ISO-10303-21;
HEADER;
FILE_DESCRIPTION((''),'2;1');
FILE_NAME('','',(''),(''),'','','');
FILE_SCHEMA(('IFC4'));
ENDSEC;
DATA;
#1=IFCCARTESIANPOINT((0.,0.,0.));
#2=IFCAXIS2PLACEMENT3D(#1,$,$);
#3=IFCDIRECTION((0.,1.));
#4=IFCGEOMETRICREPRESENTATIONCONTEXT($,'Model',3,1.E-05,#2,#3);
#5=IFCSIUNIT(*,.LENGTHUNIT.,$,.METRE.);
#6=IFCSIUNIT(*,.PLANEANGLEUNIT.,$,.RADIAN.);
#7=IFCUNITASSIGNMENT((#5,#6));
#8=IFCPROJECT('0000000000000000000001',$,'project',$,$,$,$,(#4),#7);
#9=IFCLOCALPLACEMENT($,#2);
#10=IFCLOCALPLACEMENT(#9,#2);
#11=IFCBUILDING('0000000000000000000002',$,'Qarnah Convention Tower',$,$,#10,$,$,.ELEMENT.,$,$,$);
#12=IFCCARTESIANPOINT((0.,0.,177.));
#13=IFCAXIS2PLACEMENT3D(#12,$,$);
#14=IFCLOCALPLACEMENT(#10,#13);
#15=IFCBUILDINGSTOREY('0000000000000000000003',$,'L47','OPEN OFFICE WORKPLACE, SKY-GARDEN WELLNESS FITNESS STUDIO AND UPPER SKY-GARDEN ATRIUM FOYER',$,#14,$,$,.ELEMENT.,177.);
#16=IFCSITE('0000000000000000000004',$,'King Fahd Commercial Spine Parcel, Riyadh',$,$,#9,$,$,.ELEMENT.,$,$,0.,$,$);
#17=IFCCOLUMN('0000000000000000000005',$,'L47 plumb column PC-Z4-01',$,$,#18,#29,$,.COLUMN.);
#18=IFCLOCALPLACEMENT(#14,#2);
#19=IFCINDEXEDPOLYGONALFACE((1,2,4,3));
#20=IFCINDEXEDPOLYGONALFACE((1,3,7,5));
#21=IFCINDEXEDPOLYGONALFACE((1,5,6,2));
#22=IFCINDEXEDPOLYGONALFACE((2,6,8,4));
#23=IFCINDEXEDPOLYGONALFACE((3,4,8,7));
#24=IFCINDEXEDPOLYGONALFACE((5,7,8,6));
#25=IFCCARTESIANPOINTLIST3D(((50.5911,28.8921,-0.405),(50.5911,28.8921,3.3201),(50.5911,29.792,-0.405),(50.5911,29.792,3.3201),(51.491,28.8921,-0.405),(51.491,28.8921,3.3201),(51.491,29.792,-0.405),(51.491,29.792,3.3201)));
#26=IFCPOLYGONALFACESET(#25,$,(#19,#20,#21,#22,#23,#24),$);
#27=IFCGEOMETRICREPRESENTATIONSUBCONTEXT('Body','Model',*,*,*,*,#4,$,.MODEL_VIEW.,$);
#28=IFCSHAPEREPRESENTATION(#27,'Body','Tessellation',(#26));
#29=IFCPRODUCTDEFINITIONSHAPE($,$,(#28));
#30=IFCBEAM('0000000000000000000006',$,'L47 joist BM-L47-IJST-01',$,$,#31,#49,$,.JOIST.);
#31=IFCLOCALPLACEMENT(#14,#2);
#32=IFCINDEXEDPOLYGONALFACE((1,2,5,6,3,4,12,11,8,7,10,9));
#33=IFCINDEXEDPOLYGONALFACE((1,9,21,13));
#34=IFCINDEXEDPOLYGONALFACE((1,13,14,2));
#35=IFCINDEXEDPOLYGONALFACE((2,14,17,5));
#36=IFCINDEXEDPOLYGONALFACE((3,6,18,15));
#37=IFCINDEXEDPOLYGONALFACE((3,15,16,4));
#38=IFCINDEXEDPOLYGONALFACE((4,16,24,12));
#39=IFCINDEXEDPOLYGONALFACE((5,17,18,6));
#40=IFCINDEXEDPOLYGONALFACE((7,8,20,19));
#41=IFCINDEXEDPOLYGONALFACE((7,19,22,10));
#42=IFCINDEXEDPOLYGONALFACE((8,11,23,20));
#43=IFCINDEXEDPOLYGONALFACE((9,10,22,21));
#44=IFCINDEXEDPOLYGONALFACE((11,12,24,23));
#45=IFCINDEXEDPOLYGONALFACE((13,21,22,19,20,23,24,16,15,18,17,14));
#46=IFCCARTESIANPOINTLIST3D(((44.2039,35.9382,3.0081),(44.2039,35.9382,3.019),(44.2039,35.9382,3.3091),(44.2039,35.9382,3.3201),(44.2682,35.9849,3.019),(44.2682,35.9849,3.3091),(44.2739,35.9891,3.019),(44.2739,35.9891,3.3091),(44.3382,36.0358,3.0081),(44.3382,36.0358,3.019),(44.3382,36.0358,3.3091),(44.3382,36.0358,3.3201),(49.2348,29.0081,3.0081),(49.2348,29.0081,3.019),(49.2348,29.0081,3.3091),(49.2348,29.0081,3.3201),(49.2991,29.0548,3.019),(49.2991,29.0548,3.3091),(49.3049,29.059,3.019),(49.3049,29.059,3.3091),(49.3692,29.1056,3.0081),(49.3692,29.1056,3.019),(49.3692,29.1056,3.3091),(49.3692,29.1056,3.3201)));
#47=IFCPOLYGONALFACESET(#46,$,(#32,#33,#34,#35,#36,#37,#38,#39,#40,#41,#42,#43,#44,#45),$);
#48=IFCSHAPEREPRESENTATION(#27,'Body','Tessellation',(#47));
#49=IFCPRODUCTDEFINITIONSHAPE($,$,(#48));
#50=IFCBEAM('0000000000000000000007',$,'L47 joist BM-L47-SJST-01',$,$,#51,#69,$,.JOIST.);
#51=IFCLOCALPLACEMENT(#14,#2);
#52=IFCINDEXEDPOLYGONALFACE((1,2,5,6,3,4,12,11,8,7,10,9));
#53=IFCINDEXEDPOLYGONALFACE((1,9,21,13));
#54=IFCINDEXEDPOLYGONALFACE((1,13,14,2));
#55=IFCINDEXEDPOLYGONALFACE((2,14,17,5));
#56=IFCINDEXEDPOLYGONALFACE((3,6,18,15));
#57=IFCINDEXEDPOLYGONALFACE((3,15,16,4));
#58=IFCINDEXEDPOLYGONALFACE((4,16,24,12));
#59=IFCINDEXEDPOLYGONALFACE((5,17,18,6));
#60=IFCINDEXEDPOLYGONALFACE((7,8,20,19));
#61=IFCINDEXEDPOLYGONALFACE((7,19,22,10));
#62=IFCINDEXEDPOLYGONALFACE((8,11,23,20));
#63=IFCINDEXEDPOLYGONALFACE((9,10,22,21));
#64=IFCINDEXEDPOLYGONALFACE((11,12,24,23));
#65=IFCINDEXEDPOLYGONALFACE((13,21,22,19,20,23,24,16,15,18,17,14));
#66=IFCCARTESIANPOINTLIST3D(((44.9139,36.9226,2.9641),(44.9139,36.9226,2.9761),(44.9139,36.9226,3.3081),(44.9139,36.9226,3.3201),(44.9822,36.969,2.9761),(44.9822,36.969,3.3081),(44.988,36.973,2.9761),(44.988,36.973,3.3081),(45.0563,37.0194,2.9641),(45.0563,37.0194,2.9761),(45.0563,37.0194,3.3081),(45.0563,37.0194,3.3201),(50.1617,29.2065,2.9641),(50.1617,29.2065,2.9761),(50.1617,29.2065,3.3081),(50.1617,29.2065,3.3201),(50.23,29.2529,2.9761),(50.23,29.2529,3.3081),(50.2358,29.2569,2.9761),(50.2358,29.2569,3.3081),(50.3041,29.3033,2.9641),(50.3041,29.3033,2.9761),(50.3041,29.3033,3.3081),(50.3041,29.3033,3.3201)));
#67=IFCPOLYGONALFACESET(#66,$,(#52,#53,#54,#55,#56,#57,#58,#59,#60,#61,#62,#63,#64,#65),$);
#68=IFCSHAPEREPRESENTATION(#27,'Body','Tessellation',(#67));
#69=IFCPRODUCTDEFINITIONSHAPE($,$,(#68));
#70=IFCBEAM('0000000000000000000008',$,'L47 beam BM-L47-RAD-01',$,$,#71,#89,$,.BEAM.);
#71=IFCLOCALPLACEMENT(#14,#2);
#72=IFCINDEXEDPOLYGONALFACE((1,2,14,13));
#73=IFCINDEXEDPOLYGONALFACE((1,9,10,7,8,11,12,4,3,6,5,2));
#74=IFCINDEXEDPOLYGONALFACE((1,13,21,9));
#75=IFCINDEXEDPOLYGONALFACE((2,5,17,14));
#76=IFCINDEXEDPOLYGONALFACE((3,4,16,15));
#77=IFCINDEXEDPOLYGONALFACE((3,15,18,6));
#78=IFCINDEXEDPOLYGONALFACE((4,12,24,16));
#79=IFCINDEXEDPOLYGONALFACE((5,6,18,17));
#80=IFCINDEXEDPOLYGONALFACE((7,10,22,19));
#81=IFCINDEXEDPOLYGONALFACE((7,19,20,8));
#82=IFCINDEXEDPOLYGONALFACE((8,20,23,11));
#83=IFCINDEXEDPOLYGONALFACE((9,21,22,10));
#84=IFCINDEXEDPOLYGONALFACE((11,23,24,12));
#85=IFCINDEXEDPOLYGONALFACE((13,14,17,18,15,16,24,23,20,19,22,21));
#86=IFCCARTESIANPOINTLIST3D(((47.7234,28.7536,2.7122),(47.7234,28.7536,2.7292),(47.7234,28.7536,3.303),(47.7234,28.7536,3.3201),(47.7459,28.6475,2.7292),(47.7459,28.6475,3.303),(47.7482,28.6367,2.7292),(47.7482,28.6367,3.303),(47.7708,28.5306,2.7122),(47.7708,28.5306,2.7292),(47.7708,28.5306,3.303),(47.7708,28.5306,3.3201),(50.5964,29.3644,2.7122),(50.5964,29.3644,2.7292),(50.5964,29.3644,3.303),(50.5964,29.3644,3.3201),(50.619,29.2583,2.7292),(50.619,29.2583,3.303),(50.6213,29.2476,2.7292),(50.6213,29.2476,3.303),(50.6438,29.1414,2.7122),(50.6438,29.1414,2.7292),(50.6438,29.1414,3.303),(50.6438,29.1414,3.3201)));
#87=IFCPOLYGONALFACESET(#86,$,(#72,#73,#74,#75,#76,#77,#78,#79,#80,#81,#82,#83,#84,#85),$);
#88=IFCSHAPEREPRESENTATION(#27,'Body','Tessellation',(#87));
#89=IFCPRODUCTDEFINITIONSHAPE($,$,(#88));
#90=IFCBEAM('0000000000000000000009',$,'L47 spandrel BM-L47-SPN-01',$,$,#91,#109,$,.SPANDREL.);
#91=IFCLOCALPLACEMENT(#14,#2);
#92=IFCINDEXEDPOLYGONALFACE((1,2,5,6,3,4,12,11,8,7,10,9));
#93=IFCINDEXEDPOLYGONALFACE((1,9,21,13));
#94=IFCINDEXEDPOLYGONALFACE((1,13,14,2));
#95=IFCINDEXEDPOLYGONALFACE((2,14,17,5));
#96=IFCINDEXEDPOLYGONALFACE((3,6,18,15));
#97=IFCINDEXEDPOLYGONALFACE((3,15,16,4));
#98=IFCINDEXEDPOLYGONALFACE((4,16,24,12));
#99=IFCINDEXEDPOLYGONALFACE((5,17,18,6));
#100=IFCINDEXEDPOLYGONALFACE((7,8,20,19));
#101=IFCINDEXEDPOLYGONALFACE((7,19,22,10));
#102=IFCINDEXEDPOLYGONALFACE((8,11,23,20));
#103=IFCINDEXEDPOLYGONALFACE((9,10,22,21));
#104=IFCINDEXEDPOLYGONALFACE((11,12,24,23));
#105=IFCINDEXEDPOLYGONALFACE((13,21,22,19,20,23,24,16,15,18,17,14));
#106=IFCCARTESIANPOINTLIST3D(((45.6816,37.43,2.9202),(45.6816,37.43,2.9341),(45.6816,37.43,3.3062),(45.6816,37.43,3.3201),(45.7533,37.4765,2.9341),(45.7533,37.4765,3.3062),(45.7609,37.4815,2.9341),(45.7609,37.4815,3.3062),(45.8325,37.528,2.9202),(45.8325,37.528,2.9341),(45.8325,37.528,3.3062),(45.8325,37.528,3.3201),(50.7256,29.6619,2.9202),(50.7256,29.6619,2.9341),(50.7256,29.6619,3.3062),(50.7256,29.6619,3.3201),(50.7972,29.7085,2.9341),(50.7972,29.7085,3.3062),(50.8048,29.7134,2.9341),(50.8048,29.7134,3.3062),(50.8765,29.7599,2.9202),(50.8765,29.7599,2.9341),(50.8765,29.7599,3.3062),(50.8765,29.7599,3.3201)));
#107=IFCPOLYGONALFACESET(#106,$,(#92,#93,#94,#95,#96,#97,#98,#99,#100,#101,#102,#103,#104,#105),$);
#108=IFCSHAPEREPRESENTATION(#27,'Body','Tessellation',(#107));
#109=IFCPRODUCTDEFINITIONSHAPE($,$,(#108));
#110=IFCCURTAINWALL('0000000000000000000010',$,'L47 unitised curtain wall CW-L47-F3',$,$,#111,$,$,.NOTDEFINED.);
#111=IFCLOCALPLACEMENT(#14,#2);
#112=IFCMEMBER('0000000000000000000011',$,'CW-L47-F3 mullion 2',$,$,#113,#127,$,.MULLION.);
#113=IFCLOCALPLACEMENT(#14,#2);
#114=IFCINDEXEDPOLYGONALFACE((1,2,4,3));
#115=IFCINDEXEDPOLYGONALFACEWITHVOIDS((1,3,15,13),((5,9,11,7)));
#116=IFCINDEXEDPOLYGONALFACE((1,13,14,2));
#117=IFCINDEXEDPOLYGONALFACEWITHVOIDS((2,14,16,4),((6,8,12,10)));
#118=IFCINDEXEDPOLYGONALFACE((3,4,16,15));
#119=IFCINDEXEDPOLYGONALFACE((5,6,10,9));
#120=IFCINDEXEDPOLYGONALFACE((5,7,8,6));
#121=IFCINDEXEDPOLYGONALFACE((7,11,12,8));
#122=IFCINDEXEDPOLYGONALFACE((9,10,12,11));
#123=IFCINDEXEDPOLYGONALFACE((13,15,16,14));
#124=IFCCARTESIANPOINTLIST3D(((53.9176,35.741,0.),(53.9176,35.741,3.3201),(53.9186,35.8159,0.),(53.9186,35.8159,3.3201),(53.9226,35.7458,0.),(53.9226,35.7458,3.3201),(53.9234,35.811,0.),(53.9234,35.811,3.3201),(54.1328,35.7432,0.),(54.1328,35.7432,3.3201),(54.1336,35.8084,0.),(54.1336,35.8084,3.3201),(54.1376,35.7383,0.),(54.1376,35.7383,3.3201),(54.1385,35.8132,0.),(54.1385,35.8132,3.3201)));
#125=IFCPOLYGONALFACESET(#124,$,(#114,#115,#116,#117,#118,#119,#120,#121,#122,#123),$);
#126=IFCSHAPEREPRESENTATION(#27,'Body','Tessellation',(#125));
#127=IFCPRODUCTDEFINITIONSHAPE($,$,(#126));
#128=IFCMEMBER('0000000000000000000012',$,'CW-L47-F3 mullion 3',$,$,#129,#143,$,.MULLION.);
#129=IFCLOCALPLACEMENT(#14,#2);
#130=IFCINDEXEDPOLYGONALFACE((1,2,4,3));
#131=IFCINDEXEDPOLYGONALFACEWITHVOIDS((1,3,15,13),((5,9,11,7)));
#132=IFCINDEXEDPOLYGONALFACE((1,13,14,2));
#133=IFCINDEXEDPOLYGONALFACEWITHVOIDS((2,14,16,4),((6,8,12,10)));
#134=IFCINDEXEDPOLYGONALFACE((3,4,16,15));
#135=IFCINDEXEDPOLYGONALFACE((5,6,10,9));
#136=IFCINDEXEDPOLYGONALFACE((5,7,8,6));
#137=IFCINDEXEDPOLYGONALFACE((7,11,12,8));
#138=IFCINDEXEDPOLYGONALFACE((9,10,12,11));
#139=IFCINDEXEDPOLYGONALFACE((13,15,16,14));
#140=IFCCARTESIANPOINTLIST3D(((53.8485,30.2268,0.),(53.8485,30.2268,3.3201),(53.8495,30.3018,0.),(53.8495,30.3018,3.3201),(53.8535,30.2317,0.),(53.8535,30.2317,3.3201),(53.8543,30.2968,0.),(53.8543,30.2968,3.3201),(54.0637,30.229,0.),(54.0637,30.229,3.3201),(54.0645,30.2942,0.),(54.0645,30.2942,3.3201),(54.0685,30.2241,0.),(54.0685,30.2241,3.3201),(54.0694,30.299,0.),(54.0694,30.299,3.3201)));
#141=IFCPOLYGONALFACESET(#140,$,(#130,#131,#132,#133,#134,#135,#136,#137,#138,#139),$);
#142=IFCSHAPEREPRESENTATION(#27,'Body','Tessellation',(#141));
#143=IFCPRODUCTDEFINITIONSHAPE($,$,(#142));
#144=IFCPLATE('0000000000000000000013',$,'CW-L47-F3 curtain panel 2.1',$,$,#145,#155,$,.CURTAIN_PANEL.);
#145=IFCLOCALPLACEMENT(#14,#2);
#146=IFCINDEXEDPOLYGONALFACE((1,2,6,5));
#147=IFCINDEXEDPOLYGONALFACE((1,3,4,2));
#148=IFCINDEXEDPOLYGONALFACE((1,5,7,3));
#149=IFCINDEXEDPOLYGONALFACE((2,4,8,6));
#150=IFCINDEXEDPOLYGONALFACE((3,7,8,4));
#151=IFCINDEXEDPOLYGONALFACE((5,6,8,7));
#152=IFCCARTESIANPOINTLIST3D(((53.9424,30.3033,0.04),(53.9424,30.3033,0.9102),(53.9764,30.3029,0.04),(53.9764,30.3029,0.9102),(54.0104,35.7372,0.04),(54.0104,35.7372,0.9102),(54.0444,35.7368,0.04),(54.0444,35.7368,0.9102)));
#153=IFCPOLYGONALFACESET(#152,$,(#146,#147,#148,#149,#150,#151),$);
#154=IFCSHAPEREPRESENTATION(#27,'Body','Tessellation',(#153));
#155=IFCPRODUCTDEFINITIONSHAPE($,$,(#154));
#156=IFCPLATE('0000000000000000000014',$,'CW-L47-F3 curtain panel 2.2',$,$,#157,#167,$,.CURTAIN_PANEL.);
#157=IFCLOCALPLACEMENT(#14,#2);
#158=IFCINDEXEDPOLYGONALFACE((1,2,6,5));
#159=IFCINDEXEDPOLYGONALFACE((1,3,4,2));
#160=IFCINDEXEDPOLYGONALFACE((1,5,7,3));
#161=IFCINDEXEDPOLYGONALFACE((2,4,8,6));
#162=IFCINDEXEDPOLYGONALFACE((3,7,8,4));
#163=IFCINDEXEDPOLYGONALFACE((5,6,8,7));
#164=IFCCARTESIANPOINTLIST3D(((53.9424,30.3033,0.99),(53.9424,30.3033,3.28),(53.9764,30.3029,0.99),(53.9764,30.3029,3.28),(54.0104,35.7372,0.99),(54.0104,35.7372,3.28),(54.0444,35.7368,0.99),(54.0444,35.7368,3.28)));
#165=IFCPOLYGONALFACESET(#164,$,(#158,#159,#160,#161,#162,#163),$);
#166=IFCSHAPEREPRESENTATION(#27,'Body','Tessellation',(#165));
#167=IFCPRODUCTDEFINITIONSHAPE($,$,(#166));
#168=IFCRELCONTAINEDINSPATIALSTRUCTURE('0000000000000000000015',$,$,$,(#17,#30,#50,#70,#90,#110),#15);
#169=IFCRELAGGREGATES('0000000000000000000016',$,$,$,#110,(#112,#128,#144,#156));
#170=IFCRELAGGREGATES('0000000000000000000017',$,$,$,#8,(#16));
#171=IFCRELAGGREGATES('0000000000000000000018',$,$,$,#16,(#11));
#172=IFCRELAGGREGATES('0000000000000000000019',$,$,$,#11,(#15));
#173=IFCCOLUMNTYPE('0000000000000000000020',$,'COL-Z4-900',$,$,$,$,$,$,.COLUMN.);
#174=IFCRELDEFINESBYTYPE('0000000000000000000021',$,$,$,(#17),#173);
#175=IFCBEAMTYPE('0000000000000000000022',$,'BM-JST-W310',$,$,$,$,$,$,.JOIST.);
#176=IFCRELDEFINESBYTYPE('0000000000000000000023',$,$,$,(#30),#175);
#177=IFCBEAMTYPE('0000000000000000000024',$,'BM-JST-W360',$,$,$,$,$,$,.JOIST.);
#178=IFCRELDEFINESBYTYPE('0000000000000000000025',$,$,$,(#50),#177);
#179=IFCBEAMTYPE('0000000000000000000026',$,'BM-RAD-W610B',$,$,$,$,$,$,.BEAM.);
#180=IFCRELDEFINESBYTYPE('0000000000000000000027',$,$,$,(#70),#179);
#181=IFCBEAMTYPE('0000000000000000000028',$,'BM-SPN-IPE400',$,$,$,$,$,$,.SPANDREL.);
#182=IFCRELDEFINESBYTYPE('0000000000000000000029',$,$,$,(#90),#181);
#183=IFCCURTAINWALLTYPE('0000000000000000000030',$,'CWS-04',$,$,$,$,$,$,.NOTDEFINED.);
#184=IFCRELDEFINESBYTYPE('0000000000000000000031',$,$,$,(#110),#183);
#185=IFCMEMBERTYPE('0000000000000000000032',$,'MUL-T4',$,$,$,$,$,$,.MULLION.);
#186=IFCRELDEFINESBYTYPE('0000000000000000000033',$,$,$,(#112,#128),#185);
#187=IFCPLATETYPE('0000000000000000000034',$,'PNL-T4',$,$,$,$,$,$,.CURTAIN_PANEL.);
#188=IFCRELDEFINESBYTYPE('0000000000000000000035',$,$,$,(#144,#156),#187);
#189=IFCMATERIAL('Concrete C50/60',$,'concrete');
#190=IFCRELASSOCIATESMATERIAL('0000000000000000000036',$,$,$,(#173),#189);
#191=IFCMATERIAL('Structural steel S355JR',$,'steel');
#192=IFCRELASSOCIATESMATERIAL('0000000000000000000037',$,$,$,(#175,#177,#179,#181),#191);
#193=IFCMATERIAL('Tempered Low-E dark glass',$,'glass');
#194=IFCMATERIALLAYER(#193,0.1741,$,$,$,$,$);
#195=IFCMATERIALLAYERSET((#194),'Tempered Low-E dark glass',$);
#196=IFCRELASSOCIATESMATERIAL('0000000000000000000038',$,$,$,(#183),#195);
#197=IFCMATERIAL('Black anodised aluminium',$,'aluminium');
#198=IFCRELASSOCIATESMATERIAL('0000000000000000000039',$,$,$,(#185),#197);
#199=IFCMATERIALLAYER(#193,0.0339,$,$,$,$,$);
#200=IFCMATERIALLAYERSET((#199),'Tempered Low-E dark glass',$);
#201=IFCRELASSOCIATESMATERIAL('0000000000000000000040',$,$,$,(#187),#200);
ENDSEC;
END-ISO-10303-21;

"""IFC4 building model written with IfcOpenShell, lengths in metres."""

from ifc_helpers import new_model, si_unit, direction, frame, origin, origin_2d, place, context, subcontext, project, spatial, rectangle, hollow_rectangle, i_section, extrude, material, layer, layer_set, material_profile, profile_set, type_object, element, aggregate, save


model = new_model("IFC4")

# Units and contexts
model_context = context("Model", 3, precision=1e-05, world=origin(), true_north=direction((0.0, 1.0)))
body_context = subcontext(model_context, "Body", "Model", "MODEL_VIEW")
ifc_project = project(units=[si_unit("LENGTHUNIT", "METRE"), si_unit("PLANEANGLEUNIT", "RADIAN")], contexts=[model_context])

# Site, building, storey
site_placement = place(None, origin())
site = spatial("IfcSite", under=ifc_project, at=site_placement, Name="King Fahd Commercial Spine Parcel, Riyadh", CompositionType="ELEMENT", RefElevation=0.0)
building_placement = place(site_placement, origin())
building = spatial("IfcBuilding", under=site, at=building_placement, Name="Qarnah Convention Tower", CompositionType="ELEMENT")
storey_placement = place(building_placement, frame((0.0, 0.0, 177.0)))
storey = spatial("IfcBuildingStorey", under=building, at=storey_placement, Name="L47", Description="OPEN OFFICE WORKPLACE, SKY-GARDEN WELLNESS FITNESS STUDIO AND UPPER SKY-GARDEN ATRIUM FOYER", CompositionType="ELEMENT", Elevation=177.0)

# Column
ifc_material_1 = material(Name="Concrete C50/60", Category="concrete")
ifc_material_profile_1 = material_profile(ifc_material_1, rectangle(XDim=0.8999, YDim=0.8999, at=origin_2d()), Name="RC-COL-900X900")
ifc_profile_set_1 = profile_set([ifc_material_profile_1], Name="Concrete C50/60")
column_type = type_object("IfcColumnType", Name="COL-Z4-900", PredefinedType="COLUMN", material=ifc_profile_set_1)
column_placement = place(storey_placement, frame((51.041, 29.342, -0.405), z_axis=(0.0, 0.0, 1.0), x_axis=(1.0, 0.0, 0.0)))
element("IfcColumn", 1, at=column_placement, inside=storey, type_object=column_type, Name="L47 plumb column PC-Z4-01", PredefinedType="COLUMN", context=body_context, shape_type="SweptSolid", body=[
    extrude(rectangle(XDim=0.8999, YDim=0.8999, at=origin_2d()), origin(), (0.0, 0.0, 1.0), 3.7251),
])

# Beams
ifc_material_2 = material(Name="Structural steel S355JR", Category="steel")
ifc_material_profile_2 = material_profile(ifc_material_2, i_section(OverallWidth=0.166, OverallDepth=0.312, WebThickness=0.0071, FlangeThickness=0.011, at=origin_2d()), Name="W310X45")
ifc_profile_set_2 = profile_set([ifc_material_profile_2], Name="Structural steel S355JR")
beam_type_1 = type_object("IfcBeamType", Name="BM-JST-W310", PredefinedType="JOIST", material=ifc_profile_set_2)
beam_1_placement = place(storey_placement, frame((49.302, 29.0569, 3.1641), z_axis=(-0.587475, 0.809242, 0.0), x_axis=(-0.809242, -0.587475, 0.0)))
element("IfcBeam", 2, at=beam_1_placement, inside=storey, type_object=beam_type_1, Name="L47 joist BM-L47-IJST-01", PredefinedType="JOIST", context=body_context, shape_type="SweptSolid", body=[
    extrude(i_section(OverallWidth=0.166, OverallDepth=0.312, WebThickness=0.0071, FlangeThickness=0.011, at=origin_2d()), origin(), (0.0, 0.0, 1.0), 8.5637),
])
ifc_material_profile_3 = material_profile(ifc_material_2, i_section(OverallWidth=0.1721, OverallDepth=0.356, WebThickness=0.0071, FlangeThickness=0.012, at=origin_2d()), Name="W360X51")
ifc_profile_set_3 = profile_set([ifc_material_profile_3], Name="Structural steel S355JR")
beam_type_2 = type_object("IfcBeamType", Name="BM-JST-W360", PredefinedType="JOIST", material=ifc_profile_set_3)
beam_2_placement = place(storey_placement, frame((50.2329, 29.2549, 3.1421), z_axis=(-0.562374, 0.826883, 0.0), x_axis=(-0.826883, -0.562374, 0.0)))
element("IfcBeam", 3, at=beam_2_placement, inside=storey, type_object=beam_type_2, Name="L47 joist BM-L47-SJST-01", PredefinedType="JOIST", context=body_context, shape_type="SweptSolid", body=[
    extrude(i_section(OverallWidth=0.1721, OverallDepth=0.356, WebThickness=0.0071, FlangeThickness=0.012, at=origin_2d()), origin(), (0.0, 0.0, 1.0), 9.3315),
])
ifc_material_profile_4 = material_profile(ifc_material_2, i_section(OverallWidth=0.228, OverallDepth=0.6079, WebThickness=0.011, FlangeThickness=0.0171, at=origin_2d()), Name="W610X113")
ifc_profile_set_4 = profile_set([ifc_material_profile_4], Name="Structural steel S355JR")
beam_type_3 = type_object("IfcBeamType", Name="BM-RAD-W610B", PredefinedType="BEAM", material=ifc_profile_set_4)
beam_3_placement = place(storey_placement, frame((47.7471, 28.6421, 3.0161), z_axis=(0.978137, 0.207962, 0.0), x_axis=(-0.207962, 0.978137, 0.0)))
element("IfcBeam", 4, at=beam_3_placement, inside=storey, type_object=beam_type_3, Name="L47 beam BM-L47-RAD-01", PredefinedType="BEAM", context=body_context, shape_type="SweptSolid", body=[
    extrude(i_section(OverallWidth=0.228, OverallDepth=0.6079, WebThickness=0.011, FlangeThickness=0.0171, at=origin_2d()), origin(), (0.0, 0.0, 1.0), 2.9373),
])
ifc_material_profile_5 = material_profile(ifc_material_2, i_section(OverallWidth=0.1799, OverallDepth=0.3999, WebThickness=0.009, FlangeThickness=0.0139, at=origin_2d()), Name="IPE400")
ifc_profile_set_5 = profile_set([ifc_material_profile_5], Name="Structural steel S355JR")
beam_type_4 = type_object("IfcBeamType", Name="BM-SPN-IPE400", PredefinedType="SPANDREL", material=ifc_profile_set_5)
beam_4_placement = place(storey_placement, frame((50.801, 29.7109, 3.1201), z_axis=(-0.544586, 0.838705, 0.0), x_axis=(-0.838705, -0.544586, 0.0)))
element("IfcBeam", 5, at=beam_4_placement, inside=storey, type_object=beam_type_4, Name="L47 spandrel BM-L47-SPN-01", PredefinedType="SPANDREL", context=body_context, shape_type="SweptSolid", body=[
    extrude(i_section(OverallWidth=0.1799, OverallDepth=0.3999, WebThickness=0.009, FlangeThickness=0.0139, at=origin_2d()), origin(), (0.0, 0.0, 1.0), 9.262),
])

# Curtain wall, members, plates
ifc_material_3 = material(Name="Tempered Low-E dark glass", Category="glass")
ifc_layer_1 = layer(ifc_material_3, 0.1741)
ifc_layer_set_1 = layer_set([ifc_layer_1], Name="Tempered Low-E dark glass")
curtain_wall_type = type_object("IfcCurtainWallType", Name="CWS-04", PredefinedType="NOTDEFINED", material=ifc_layer_set_1)
curtain_wall_placement = place(storey_placement, origin())
curtain_wall = element("IfcCurtainWall", 6, at=curtain_wall_placement, inside=storey, type_object=curtain_wall_type, Name="L47 unitised curtain wall CW-L47-F3", PredefinedType="NOTDEFINED")
ifc_material_4 = material(Name="Black anodised aluminium", Category="aluminium")
ifc_material_profile_6 = material_profile(ifc_material_4, hollow_rectangle(XDim=0.075, YDim=0.22, WallThickness=0.0049, at=origin_2d()), Name="MUL-75X220")
ifc_profile_set_6 = profile_set([ifc_material_profile_6], Name="Black anodised aluminium")
member_type = type_object("IfcMemberType", Name="MUL-T4", PredefinedType="MULLION", material=ifc_profile_set_6)
member_1_placement = place(storey_placement, frame((54.0281, 35.7771, 0.0), z_axis=(0.0, 0.0, 1.0), x_axis=(-0.012513, -0.999922, 0.0)))
member_1 = element("IfcMember", 7, at=member_1_placement, type_object=member_type, Name="CW-L47-F3 mullion 2", PredefinedType="MULLION", context=body_context, shape_type="SweptSolid", body=[
    extrude(hollow_rectangle(XDim=0.075, YDim=0.22, WallThickness=0.0049, at=origin_2d()), origin(), (0.0, 0.0, 1.0), 3.3201),
])
member_2_placement = place(storey_placement, frame((53.959, 30.2629, 0.0), z_axis=(0.0, 0.0, 1.0), x_axis=(-0.012513, -0.999922, 0.0)))
member_2 = element("IfcMember", 8, at=member_2_placement, type_object=member_type, Name="CW-L47-F3 mullion 3", PredefinedType="MULLION", context=body_context, shape_type="SweptSolid", body=[
    extrude(hollow_rectangle(XDim=0.075, YDim=0.22, WallThickness=0.0049, at=origin_2d()), origin(), (0.0, 0.0, 1.0), 3.3201),
])
ifc_layer_2 = layer(ifc_material_3, 0.0339)
ifc_layer_set_2 = layer_set([ifc_layer_2], Name="Tempered Low-E dark glass")
plate_type = type_object("IfcPlateType", Name="PNL-T4", PredefinedType="CURTAIN_PANEL", material=ifc_layer_set_2)
plate_1_placement = place(storey_placement, frame((53.9934, 33.02, 0.04), z_axis=(0.0, 0.0, 1.0), x_axis=(-0.012513, -0.999922, 0.0)))
plate_1 = element("IfcPlate", 9, at=plate_1_placement, type_object=plate_type, Name="CW-L47-F3 curtain panel 2.1", PredefinedType="CURTAIN_PANEL", context=body_context, shape_type="SweptSolid", body=[
    extrude(rectangle(XDim=5.4343, YDim=0.0339, at=origin_2d()), origin(), (0.0, 0.0, 1.0), 0.8701),
])
plate_2_placement = place(storey_placement, frame((53.9934, 33.02, 0.99), z_axis=(0.0, 0.0, 1.0), x_axis=(-0.012513, -0.999922, 0.0)))
plate_2 = element("IfcPlate", 10, at=plate_2_placement, type_object=plate_type, Name="CW-L47-F3 curtain panel 2.2", PredefinedType="CURTAIN_PANEL", context=body_context, shape_type="SweptSolid", body=[
    extrude(rectangle(XDim=5.4343, YDim=0.0339, at=origin_2d()), origin(), (0.0, 0.0, 1.0), 2.29),
])
aggregate(curtain_wall, [member_1, member_2, plate_1, plate_2])

save(model, "model.ifc")
